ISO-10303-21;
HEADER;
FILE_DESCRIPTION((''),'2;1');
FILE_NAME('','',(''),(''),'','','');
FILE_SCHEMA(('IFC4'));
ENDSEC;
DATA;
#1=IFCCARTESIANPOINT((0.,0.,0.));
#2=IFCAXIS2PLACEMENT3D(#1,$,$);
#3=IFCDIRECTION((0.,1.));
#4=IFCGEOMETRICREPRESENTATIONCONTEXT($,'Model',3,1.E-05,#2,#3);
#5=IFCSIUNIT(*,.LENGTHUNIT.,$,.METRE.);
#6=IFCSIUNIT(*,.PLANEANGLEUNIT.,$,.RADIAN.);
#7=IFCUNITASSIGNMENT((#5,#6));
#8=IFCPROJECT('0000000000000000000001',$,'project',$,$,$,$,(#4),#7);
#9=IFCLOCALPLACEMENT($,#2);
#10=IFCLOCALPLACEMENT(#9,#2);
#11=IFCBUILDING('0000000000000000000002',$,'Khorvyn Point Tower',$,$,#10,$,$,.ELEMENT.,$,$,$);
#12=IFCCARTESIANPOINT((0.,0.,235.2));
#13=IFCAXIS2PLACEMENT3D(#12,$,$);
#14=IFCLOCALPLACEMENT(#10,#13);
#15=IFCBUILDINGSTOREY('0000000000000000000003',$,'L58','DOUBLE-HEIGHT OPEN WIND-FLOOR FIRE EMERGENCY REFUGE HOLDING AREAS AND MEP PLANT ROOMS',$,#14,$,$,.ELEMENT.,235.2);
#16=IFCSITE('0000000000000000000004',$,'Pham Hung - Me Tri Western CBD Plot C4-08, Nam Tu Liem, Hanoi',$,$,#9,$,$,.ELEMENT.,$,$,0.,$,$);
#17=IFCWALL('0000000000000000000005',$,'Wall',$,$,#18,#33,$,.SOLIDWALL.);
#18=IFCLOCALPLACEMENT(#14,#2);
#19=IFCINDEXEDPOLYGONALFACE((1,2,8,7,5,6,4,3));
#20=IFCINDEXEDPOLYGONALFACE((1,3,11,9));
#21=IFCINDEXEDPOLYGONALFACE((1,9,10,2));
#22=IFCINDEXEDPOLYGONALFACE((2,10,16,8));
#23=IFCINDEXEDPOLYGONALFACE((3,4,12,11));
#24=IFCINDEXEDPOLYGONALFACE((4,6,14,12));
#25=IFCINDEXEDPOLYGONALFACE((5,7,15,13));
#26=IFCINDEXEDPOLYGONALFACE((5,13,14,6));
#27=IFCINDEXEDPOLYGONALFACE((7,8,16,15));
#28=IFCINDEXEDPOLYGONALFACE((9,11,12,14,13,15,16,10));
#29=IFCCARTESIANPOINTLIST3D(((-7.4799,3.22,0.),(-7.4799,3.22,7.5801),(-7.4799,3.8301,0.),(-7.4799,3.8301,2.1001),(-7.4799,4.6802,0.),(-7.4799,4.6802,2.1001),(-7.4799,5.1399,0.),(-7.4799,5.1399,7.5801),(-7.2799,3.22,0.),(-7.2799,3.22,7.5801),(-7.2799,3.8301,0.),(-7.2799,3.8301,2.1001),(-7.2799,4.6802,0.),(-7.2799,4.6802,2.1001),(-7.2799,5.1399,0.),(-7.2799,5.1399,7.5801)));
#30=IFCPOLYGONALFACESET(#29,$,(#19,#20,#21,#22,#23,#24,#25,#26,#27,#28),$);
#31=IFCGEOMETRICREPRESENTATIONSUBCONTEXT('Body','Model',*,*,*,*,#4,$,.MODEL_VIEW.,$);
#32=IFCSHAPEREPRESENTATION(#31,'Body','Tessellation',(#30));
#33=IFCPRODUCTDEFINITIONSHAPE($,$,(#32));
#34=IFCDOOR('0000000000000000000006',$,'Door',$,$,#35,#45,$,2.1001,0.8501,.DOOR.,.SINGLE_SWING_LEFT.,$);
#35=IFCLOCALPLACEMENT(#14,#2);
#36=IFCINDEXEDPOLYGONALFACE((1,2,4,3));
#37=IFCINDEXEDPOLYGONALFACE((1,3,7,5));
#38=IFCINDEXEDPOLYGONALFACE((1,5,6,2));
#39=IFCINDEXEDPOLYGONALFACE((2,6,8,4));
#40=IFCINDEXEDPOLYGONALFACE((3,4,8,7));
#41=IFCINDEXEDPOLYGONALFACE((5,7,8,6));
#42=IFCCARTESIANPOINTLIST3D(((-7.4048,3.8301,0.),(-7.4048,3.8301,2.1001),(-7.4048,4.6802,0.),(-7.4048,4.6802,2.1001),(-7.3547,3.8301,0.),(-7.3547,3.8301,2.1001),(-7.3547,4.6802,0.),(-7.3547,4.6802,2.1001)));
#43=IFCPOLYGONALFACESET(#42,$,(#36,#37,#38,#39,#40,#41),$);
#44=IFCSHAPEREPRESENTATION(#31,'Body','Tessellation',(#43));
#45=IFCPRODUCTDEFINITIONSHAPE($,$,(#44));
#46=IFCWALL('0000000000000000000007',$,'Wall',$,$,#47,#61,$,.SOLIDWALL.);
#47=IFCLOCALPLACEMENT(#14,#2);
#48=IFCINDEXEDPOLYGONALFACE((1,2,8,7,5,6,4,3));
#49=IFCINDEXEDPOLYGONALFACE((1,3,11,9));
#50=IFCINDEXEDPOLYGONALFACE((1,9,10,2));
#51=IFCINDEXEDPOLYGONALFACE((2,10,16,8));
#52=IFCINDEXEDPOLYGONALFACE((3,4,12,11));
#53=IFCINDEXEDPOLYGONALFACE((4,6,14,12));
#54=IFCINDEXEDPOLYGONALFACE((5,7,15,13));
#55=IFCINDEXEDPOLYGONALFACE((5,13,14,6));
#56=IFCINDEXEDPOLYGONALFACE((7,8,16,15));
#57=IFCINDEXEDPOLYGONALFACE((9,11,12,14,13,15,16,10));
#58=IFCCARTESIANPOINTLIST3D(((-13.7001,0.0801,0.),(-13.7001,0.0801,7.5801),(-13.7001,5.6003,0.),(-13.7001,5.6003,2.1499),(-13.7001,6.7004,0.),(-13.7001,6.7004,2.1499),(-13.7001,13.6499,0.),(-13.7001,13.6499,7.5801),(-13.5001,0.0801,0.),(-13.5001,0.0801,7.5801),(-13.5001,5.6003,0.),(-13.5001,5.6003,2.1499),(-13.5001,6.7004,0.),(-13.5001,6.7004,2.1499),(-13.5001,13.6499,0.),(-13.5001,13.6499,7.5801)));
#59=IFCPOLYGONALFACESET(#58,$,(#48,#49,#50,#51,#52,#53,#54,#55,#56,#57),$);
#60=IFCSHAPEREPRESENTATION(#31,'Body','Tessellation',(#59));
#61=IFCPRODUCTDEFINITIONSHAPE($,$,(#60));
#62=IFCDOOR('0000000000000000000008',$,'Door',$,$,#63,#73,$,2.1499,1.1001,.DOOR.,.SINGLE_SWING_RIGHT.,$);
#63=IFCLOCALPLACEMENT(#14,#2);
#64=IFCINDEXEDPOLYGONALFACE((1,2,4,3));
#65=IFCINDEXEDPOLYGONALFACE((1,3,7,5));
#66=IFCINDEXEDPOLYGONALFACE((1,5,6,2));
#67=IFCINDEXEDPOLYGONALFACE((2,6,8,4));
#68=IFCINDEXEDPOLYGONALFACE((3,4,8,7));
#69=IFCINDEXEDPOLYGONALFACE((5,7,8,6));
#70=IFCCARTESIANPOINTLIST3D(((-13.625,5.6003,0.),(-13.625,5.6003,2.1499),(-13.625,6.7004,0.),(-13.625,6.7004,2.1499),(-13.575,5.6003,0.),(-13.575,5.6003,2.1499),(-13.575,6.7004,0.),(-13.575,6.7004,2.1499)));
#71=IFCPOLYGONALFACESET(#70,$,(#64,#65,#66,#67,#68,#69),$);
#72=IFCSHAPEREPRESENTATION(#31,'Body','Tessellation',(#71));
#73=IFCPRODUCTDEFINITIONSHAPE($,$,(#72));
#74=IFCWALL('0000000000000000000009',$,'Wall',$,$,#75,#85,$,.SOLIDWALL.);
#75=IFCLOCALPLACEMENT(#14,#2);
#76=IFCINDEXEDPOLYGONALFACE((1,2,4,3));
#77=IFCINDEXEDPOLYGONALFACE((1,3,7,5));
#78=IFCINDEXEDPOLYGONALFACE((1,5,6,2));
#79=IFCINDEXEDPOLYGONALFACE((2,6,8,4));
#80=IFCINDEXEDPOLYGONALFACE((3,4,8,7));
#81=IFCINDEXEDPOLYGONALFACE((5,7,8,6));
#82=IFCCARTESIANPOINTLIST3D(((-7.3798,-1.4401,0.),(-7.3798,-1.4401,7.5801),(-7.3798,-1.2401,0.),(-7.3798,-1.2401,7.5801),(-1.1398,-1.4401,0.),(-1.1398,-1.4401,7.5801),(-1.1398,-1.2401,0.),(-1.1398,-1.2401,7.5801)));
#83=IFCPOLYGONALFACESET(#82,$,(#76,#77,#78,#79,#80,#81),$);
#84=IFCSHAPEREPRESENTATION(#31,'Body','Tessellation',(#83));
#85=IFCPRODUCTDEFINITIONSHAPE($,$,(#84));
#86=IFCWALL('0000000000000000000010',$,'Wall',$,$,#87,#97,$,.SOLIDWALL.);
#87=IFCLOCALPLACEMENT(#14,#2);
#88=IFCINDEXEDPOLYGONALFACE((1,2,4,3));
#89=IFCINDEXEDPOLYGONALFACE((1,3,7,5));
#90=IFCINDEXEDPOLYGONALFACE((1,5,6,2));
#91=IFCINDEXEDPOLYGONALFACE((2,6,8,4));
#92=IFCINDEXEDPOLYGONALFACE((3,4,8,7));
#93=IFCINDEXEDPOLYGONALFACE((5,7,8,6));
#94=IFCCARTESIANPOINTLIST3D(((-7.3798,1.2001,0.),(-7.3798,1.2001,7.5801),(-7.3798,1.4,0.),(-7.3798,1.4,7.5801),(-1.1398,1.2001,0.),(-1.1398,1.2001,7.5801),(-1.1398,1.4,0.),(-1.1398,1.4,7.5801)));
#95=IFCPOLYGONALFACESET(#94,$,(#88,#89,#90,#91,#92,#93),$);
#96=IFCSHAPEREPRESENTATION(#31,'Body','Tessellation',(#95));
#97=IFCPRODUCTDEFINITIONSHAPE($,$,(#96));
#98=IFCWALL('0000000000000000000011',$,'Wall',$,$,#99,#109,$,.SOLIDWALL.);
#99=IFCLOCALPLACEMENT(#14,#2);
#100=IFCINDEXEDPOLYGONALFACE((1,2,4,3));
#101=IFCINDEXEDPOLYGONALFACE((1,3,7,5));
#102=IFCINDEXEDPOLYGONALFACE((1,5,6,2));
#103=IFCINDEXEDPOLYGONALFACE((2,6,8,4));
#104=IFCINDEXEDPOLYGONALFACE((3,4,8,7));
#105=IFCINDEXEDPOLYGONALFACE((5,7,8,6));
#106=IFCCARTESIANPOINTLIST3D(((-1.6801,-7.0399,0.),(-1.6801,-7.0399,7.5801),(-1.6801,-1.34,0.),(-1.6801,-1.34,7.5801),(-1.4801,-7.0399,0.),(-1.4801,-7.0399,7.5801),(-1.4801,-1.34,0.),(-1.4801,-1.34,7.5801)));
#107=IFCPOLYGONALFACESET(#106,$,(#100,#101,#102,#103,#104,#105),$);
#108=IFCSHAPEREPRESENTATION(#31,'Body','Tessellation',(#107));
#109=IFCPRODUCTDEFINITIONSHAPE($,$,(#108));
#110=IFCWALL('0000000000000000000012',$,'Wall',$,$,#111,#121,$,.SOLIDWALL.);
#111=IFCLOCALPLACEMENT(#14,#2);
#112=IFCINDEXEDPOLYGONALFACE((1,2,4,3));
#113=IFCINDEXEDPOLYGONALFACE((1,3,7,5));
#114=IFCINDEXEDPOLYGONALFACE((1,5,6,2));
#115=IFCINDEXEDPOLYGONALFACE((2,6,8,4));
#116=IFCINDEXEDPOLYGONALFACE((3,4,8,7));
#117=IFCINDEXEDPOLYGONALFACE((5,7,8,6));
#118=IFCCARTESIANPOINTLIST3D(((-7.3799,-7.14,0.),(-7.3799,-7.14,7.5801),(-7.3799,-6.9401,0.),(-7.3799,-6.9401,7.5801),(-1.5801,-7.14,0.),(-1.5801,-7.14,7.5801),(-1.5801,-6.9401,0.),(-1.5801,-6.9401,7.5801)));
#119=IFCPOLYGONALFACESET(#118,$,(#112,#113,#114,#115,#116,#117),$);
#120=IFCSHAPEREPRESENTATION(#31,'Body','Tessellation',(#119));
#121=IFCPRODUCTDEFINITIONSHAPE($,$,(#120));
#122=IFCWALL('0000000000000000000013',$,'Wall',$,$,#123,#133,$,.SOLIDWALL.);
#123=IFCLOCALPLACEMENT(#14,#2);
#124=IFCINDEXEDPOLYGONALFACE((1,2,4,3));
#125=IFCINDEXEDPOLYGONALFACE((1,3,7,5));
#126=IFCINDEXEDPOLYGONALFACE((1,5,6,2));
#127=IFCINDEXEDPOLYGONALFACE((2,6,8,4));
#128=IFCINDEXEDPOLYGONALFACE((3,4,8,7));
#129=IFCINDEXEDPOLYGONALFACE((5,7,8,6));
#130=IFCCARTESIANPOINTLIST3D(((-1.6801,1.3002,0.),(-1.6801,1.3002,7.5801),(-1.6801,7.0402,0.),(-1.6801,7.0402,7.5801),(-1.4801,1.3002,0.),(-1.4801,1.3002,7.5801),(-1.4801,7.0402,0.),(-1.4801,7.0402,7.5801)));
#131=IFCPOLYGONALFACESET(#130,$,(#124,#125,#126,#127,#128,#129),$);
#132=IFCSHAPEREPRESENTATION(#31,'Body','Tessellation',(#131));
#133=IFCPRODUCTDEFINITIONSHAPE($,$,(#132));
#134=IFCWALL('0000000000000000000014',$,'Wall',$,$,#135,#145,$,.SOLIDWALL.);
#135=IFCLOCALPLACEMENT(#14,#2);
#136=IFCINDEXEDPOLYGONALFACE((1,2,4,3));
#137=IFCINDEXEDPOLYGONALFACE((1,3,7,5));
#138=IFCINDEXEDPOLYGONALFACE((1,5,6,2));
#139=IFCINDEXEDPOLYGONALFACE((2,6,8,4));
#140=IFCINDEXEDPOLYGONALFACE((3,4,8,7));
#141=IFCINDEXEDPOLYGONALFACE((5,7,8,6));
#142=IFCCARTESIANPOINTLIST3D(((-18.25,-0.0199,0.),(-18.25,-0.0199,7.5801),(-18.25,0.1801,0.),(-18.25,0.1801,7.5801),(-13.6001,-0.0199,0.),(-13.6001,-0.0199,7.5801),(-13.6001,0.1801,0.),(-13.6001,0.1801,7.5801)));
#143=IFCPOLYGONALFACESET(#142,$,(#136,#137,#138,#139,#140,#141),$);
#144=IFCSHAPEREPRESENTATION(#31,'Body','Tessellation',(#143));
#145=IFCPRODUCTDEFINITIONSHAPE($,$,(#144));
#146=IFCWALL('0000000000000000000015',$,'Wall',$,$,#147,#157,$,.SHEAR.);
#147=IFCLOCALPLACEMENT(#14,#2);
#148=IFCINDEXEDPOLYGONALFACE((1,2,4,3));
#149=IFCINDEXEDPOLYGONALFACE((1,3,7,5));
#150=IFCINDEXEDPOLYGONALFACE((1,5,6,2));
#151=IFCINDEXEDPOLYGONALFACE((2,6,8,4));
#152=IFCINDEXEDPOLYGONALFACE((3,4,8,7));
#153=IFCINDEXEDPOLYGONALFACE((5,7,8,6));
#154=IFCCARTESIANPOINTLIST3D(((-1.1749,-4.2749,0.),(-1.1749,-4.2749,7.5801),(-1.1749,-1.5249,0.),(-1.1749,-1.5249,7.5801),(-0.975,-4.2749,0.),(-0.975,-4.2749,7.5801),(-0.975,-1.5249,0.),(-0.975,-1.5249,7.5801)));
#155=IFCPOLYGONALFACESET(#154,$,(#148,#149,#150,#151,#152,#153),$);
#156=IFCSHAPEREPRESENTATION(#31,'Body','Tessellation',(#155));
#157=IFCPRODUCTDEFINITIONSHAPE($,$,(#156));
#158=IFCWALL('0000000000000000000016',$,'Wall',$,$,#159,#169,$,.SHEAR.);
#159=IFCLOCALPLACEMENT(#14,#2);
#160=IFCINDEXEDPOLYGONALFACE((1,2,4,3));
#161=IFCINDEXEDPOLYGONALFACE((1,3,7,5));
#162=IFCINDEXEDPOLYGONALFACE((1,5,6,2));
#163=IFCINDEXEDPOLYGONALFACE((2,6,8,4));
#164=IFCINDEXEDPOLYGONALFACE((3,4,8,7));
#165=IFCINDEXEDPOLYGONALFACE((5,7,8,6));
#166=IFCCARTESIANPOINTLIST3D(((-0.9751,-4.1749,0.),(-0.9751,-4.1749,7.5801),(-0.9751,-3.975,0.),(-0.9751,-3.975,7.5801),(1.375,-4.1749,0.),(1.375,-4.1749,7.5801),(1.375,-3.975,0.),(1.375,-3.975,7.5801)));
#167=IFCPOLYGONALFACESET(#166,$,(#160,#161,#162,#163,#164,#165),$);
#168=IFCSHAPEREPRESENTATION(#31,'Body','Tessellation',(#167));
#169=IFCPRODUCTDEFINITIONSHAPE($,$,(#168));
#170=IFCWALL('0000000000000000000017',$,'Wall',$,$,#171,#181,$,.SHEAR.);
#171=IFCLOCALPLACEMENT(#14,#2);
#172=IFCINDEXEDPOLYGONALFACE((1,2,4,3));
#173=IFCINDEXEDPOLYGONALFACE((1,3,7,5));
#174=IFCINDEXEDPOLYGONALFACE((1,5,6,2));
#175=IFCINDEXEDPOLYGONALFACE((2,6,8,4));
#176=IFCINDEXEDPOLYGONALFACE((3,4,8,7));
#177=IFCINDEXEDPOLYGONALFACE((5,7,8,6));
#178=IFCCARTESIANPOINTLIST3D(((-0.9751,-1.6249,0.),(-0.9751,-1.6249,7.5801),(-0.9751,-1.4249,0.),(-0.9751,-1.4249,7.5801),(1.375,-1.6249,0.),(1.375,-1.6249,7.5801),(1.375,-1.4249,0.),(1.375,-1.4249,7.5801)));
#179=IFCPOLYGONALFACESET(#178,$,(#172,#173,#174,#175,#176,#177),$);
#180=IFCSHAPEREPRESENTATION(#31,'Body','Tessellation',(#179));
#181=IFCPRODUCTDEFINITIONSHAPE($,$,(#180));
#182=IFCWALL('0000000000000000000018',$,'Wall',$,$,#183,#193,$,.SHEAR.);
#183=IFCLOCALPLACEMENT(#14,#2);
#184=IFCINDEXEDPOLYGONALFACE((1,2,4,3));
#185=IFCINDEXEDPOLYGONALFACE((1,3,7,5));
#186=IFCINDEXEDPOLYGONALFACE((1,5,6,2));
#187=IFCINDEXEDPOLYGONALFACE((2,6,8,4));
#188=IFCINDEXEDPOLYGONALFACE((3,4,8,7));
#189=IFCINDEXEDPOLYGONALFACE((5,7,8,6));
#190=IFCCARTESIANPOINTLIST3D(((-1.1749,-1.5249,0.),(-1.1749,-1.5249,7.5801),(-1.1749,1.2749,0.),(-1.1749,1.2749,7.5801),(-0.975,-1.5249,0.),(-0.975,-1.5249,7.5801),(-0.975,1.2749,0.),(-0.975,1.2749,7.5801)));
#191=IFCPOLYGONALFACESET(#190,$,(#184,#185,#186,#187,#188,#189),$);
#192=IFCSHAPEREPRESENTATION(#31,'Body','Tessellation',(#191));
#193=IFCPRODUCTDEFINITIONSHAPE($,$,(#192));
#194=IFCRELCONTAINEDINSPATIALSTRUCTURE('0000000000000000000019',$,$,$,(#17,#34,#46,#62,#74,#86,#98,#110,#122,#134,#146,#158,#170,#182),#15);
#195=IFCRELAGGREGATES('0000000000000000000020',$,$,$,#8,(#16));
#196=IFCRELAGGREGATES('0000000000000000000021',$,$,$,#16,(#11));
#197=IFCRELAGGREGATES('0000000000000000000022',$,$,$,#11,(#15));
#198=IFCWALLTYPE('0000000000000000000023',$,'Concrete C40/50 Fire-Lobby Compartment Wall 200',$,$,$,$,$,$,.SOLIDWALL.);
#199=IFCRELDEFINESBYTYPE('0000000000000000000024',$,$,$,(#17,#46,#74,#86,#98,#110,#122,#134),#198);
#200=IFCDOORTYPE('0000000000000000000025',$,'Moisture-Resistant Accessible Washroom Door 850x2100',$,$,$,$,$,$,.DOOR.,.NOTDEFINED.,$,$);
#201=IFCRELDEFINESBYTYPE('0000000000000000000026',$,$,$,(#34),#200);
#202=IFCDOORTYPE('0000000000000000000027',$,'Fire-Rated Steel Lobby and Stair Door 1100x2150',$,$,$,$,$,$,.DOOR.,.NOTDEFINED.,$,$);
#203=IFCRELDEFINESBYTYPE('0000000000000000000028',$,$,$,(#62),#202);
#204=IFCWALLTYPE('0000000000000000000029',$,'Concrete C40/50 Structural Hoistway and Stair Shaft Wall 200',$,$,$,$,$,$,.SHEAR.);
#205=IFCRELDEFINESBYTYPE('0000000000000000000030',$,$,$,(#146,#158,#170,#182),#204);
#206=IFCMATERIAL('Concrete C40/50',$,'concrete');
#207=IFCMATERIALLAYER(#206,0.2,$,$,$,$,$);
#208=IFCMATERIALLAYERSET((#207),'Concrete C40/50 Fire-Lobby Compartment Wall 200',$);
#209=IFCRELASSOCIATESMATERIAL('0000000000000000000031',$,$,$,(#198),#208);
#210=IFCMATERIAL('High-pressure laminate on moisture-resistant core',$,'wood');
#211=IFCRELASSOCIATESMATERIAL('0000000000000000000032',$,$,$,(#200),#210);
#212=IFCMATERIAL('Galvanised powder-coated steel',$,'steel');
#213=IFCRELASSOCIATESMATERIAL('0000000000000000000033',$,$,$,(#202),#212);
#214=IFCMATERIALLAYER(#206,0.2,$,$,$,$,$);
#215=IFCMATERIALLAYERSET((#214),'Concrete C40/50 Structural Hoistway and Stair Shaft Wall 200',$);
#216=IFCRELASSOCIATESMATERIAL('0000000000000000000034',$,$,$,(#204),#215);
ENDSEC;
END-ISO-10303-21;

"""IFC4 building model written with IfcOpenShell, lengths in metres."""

from ifc_helpers import new_model, si_unit, direction, frame, frame_2d, origin, place, context, subcontext, project, spatial, rectangle, extrude, material, layer, layer_set, type_object, element, fill, save


model = new_model("IFC4")

# Units and contexts
model_context = context("Model", 3, precision=1e-05, world=origin(), true_north=direction((0.0, 1.0)))
body_context = subcontext(model_context, "Body", "Model", "MODEL_VIEW")
ifc_project = project(units=[si_unit("LENGTHUNIT", "METRE"), si_unit("PLANEANGLEUNIT", "RADIAN")], contexts=[model_context])

# Site, building, storey
site_placement = place(None, origin())
site = spatial("IfcSite", under=ifc_project, at=site_placement, Name="Pham Hung - Me Tri Western CBD Plot C4-08, Nam Tu Liem, Hanoi", CompositionType="ELEMENT", RefElevation=0.0)
building_placement = place(site_placement, origin())
building = spatial("IfcBuilding", under=site, at=building_placement, Name="Khorvyn Point Tower", CompositionType="ELEMENT")
storey_placement = place(building_placement, frame((0.0, 0.0, 235.2)))
storey = spatial("IfcBuildingStorey", under=building, at=storey_placement, Name="L58", Description="DOUBLE-HEIGHT OPEN WIND-FLOOR FIRE EMERGENCY REFUGE HOLDING AREAS AND MEP PLANT ROOMS", CompositionType="ELEMENT", Elevation=235.2)

# Shared definitions
ifc_material_1 = material(Name="Concrete C40/50", Category="concrete")

# Walls, openings, doors
ifc_layer_1 = layer(ifc_material_1, 0.2)
ifc_layer_set_1 = layer_set([ifc_layer_1], Name="Concrete C40/50 Fire-Lobby Compartment Wall 200")
wall_type_1 = type_object("IfcWallType", Name="Concrete C40/50 Fire-Lobby Compartment Wall 200", PredefinedType="SOLIDWALL", material=ifc_layer_set_1)
ifc_material_2 = material(Name="High-pressure laminate on moisture-resistant core", Category="wood")
door_type_1 = type_object("IfcDoorType", Name="Moisture-Resistant Accessible Washroom Door 850x2100", OperationType="NOTDEFINED", PredefinedType="DOOR", material=ifc_material_2)
wall_1_placement = place(storey_placement, frame((-7.3799, 3.22, 0.0), z_axis=(0.0, 0.0, 1.0), x_axis=(0.0, 1.0, 0.0)))
wall_1 = element("IfcWall", 1, at=wall_1_placement, inside=storey, type_object=wall_type_1, Name="Wall", PredefinedType="SOLIDWALL", context=body_context, shape_type="SweptSolid", body=[
    extrude(rectangle(XDim=1.9199, YDim=0.2, at=frame_2d((0.96, 0.0))), origin(), (0.0, 0.0, 1.0), 7.5801),
])
opening_1_placement = place(wall_1_placement, frame((0.6101, 0.0, 0.0)))
opening_1 = element("IfcOpeningElement", 2, at=opening_1_placement, cuts=wall_1, PredefinedType="OPENING", context=body_context, shape_type="SweptSolid", body=[
    extrude(rectangle(XDim=0.8501, YDim=2.1001, at=frame_2d((0.425, 1.05))), frame((0.0, 0.1099, 0.0), z_axis=(0.0, -1.0, 0.0), x_axis=(1.0, 0.0, 0.0)), (0.0, 0.0, 1.0), 0.22),
])
door_1_placement = place(opening_1_placement, origin())
door_1 = element("IfcDoor", 3, at=door_1_placement, inside=storey, type_object=door_type_1, Name="Door", OperationType="SINGLE_SWING_LEFT", OverallHeight=2.1001, OverallWidth=0.8501, PredefinedType="DOOR", context=body_context, shape_type="SweptSolid", body=[
    extrude(rectangle(XDim=0.8501, YDim=2.1001, at=frame_2d((0.425, 1.05))), frame((0.0, 0.0249, 0.0), z_axis=(0.0, -1.0, 0.0), x_axis=(1.0, 0.0, 0.0)), (0.0, 0.0, 1.0), 0.05),
])
fill(opening_1, door_1)
wall_2_placement = place(storey_placement, frame((-13.6001, 0.0801, 0.0), z_axis=(0.0, 0.0, 1.0), x_axis=(0.0, 1.0, 0.0)))
wall_2 = element("IfcWall", 4, at=wall_2_placement, inside=storey, type_object=wall_type_1, Name="Wall", PredefinedType="SOLIDWALL", context=body_context, shape_type="SweptSolid", body=[
    extrude(rectangle(XDim=13.5698, YDim=0.2, at=frame_2d((6.7849, 0.0))), origin(), (0.0, 0.0, 1.0), 7.5801),
])
opening_2_placement = place(wall_2_placement, frame((5.5203, 0.0, 0.0)))
opening_2 = element("IfcOpeningElement", 5, at=opening_2_placement, cuts=wall_2, PredefinedType="OPENING", context=body_context, shape_type="SweptSolid", body=[
    extrude(rectangle(XDim=1.1001, YDim=2.1499, at=frame_2d((0.55, 1.075))), frame((0.0, 0.1099, 0.0), z_axis=(0.0, -1.0, 0.0), x_axis=(1.0, 0.0, 0.0)), (0.0, 0.0, 1.0), 0.22),
])
ifc_material_3 = material(Name="Galvanised powder-coated steel", Category="steel")
door_type_2 = type_object("IfcDoorType", Name="Fire-Rated Steel Lobby and Stair Door 1100x2150", OperationType="NOTDEFINED", PredefinedType="DOOR", material=ifc_material_3)
door_2_placement = place(opening_2_placement, origin())
door_2 = element("IfcDoor", 6, at=door_2_placement, inside=storey, type_object=door_type_2, Name="Door", OperationType="SINGLE_SWING_RIGHT", OverallHeight=2.1499, OverallWidth=1.1001, PredefinedType="DOOR", context=body_context, shape_type="SweptSolid", body=[
    extrude(rectangle(XDim=1.1001, YDim=2.1499, at=frame_2d((0.55, 1.075))), frame((0.0, 0.0249, 0.0), z_axis=(0.0, -1.0, 0.0), x_axis=(1.0, 0.0, 0.0)), (0.0, 0.0, 1.0), 0.05),
])
fill(opening_2, door_2)

# Walls
for number, where, z_axis, x_axis, name in (
    (7, (-7.3799, -1.3401, 0.0), (0.0, 0.0, 1.0), (1.0, 0.0, 0.0), "Wall"),
    (8, (-7.3799, 1.3, 0.0), (0.0, 0.0, 1.0), (1.0, 0.0, 0.0), "Wall"),
):
    element("IfcWall", number, at=place(storey_placement, frame(where, z_axis=z_axis, x_axis=x_axis)), inside=storey, type_object=wall_type_1, Name=name, PredefinedType="SOLIDWALL", context=body_context, shape_type="SweptSolid", body=[
        extrude(rectangle(XDim=6.24, YDim=0.2, at=frame_2d((3.1201, 0.0))), origin(), (0.0, 0.0, 1.0), 7.5801),
    ])
wall_3_placement = place(storey_placement, frame((-1.5801, -7.04, 0.0), z_axis=(0.0, 0.0, 1.0), x_axis=(0.0, 1.0, 0.0)))
element("IfcWall", 9, at=wall_3_placement, inside=storey, type_object=wall_type_1, Name="Wall", PredefinedType="SOLIDWALL", context=body_context, shape_type="SweptSolid", body=[
    extrude(rectangle(XDim=5.7, YDim=0.2, at=frame_2d((2.8501, 0.0))), origin(), (0.0, 0.0, 1.0), 7.5801),
])
wall_4_placement = place(storey_placement, frame((-7.3799, -7.04, 0.0), z_axis=(0.0, 0.0, 1.0), x_axis=(1.0, 0.0, 0.0)))
element("IfcWall", 10, at=wall_4_placement, inside=storey, type_object=wall_type_1, Name="Wall", PredefinedType="SOLIDWALL", context=body_context, shape_type="SweptSolid", body=[
    extrude(rectangle(XDim=5.7998, YDim=0.2, at=frame_2d((2.8999, 0.0))), origin(), (0.0, 0.0, 1.0), 7.5801),
])
wall_5_placement = place(storey_placement, frame((-1.5801, 1.3, 0.0), z_axis=(0.0, 0.0, 1.0), x_axis=(0.0, 1.0, 0.0)))
element("IfcWall", 11, at=wall_5_placement, inside=storey, type_object=wall_type_1, Name="Wall", PredefinedType="SOLIDWALL", context=body_context, shape_type="SweptSolid", body=[
    extrude(rectangle(XDim=5.74, YDim=0.2, at=frame_2d((2.8701, 0.0))), origin(), (0.0, 0.0, 1.0), 7.5801),
])
wall_6_placement = place(storey_placement, frame((-18.25, 0.0801, 0.0), z_axis=(0.0, 0.0, 1.0), x_axis=(1.0, 0.0, 0.0)))
element("IfcWall", 12, at=wall_6_placement, inside=storey, type_object=wall_type_1, Name="Wall", PredefinedType="SOLIDWALL", context=body_context, shape_type="SweptSolid", body=[
    extrude(rectangle(XDim=4.6499, YDim=0.2, at=frame_2d((2.325, 0.0))), origin(), (0.0, 0.0, 1.0), 7.5801),
])
ifc_layer_2 = layer(ifc_material_1, 0.2)
ifc_layer_set_2 = layer_set([ifc_layer_2], Name="Concrete C40/50 Structural Hoistway and Stair Shaft Wall 200")
wall_type_2 = type_object("IfcWallType", Name="Concrete C40/50 Structural Hoistway and Stair Shaft Wall 200", PredefinedType="SHEAR", material=ifc_layer_set_2)
wall_7_placement = place(storey_placement, frame((-1.075, -4.2749, 0.0), z_axis=(0.0, 0.0, 1.0), x_axis=(0.0, 1.0, 0.0)))
element("IfcWall", 13, at=wall_7_placement, inside=storey, type_object=wall_type_2, Name="Wall", PredefinedType="SHEAR", context=body_context, shape_type="SweptSolid", body=[
    extrude(rectangle(XDim=2.75, YDim=0.2, at=frame_2d((1.375, 0.0))), origin(), (0.0, 0.0, 1.0), 7.5801),
])
for number, where, z_axis, x_axis, name in (
    (14, (-0.9751, -4.075, 0.0), (0.0, 0.0, 1.0), (1.0, 0.0, 0.0), "Wall"),
    (15, (-0.9751, -1.5249, 0.0), (0.0, 0.0, 1.0), (1.0, 0.0, 0.0), "Wall"),
):
    element("IfcWall", number, at=place(storey_placement, frame(where, z_axis=z_axis, x_axis=x_axis)), inside=storey, type_object=wall_type_2, Name=name, PredefinedType="SHEAR", context=body_context, shape_type="SweptSolid", body=[
        extrude(rectangle(XDim=2.3501, YDim=0.2, at=frame_2d((1.175, 0.0))), origin(), (0.0, 0.0, 1.0), 7.5801),
    ])
wall_8_placement = place(storey_placement, frame((-1.075, -1.5249, 0.0), z_axis=(0.0, 0.0, 1.0), x_axis=(0.0, 1.0, 0.0)))
element("IfcWall", 16, at=wall_8_placement, inside=storey, type_object=wall_type_2, Name="Wall", PredefinedType="SHEAR", context=body_context, shape_type="SweptSolid", body=[
    extrude(rectangle(XDim=2.7998, YDim=0.2, at=frame_2d((1.3999, 0.0))), origin(), (0.0, 0.0, 1.0), 7.5801),
])

save(model, "model.ifc")
